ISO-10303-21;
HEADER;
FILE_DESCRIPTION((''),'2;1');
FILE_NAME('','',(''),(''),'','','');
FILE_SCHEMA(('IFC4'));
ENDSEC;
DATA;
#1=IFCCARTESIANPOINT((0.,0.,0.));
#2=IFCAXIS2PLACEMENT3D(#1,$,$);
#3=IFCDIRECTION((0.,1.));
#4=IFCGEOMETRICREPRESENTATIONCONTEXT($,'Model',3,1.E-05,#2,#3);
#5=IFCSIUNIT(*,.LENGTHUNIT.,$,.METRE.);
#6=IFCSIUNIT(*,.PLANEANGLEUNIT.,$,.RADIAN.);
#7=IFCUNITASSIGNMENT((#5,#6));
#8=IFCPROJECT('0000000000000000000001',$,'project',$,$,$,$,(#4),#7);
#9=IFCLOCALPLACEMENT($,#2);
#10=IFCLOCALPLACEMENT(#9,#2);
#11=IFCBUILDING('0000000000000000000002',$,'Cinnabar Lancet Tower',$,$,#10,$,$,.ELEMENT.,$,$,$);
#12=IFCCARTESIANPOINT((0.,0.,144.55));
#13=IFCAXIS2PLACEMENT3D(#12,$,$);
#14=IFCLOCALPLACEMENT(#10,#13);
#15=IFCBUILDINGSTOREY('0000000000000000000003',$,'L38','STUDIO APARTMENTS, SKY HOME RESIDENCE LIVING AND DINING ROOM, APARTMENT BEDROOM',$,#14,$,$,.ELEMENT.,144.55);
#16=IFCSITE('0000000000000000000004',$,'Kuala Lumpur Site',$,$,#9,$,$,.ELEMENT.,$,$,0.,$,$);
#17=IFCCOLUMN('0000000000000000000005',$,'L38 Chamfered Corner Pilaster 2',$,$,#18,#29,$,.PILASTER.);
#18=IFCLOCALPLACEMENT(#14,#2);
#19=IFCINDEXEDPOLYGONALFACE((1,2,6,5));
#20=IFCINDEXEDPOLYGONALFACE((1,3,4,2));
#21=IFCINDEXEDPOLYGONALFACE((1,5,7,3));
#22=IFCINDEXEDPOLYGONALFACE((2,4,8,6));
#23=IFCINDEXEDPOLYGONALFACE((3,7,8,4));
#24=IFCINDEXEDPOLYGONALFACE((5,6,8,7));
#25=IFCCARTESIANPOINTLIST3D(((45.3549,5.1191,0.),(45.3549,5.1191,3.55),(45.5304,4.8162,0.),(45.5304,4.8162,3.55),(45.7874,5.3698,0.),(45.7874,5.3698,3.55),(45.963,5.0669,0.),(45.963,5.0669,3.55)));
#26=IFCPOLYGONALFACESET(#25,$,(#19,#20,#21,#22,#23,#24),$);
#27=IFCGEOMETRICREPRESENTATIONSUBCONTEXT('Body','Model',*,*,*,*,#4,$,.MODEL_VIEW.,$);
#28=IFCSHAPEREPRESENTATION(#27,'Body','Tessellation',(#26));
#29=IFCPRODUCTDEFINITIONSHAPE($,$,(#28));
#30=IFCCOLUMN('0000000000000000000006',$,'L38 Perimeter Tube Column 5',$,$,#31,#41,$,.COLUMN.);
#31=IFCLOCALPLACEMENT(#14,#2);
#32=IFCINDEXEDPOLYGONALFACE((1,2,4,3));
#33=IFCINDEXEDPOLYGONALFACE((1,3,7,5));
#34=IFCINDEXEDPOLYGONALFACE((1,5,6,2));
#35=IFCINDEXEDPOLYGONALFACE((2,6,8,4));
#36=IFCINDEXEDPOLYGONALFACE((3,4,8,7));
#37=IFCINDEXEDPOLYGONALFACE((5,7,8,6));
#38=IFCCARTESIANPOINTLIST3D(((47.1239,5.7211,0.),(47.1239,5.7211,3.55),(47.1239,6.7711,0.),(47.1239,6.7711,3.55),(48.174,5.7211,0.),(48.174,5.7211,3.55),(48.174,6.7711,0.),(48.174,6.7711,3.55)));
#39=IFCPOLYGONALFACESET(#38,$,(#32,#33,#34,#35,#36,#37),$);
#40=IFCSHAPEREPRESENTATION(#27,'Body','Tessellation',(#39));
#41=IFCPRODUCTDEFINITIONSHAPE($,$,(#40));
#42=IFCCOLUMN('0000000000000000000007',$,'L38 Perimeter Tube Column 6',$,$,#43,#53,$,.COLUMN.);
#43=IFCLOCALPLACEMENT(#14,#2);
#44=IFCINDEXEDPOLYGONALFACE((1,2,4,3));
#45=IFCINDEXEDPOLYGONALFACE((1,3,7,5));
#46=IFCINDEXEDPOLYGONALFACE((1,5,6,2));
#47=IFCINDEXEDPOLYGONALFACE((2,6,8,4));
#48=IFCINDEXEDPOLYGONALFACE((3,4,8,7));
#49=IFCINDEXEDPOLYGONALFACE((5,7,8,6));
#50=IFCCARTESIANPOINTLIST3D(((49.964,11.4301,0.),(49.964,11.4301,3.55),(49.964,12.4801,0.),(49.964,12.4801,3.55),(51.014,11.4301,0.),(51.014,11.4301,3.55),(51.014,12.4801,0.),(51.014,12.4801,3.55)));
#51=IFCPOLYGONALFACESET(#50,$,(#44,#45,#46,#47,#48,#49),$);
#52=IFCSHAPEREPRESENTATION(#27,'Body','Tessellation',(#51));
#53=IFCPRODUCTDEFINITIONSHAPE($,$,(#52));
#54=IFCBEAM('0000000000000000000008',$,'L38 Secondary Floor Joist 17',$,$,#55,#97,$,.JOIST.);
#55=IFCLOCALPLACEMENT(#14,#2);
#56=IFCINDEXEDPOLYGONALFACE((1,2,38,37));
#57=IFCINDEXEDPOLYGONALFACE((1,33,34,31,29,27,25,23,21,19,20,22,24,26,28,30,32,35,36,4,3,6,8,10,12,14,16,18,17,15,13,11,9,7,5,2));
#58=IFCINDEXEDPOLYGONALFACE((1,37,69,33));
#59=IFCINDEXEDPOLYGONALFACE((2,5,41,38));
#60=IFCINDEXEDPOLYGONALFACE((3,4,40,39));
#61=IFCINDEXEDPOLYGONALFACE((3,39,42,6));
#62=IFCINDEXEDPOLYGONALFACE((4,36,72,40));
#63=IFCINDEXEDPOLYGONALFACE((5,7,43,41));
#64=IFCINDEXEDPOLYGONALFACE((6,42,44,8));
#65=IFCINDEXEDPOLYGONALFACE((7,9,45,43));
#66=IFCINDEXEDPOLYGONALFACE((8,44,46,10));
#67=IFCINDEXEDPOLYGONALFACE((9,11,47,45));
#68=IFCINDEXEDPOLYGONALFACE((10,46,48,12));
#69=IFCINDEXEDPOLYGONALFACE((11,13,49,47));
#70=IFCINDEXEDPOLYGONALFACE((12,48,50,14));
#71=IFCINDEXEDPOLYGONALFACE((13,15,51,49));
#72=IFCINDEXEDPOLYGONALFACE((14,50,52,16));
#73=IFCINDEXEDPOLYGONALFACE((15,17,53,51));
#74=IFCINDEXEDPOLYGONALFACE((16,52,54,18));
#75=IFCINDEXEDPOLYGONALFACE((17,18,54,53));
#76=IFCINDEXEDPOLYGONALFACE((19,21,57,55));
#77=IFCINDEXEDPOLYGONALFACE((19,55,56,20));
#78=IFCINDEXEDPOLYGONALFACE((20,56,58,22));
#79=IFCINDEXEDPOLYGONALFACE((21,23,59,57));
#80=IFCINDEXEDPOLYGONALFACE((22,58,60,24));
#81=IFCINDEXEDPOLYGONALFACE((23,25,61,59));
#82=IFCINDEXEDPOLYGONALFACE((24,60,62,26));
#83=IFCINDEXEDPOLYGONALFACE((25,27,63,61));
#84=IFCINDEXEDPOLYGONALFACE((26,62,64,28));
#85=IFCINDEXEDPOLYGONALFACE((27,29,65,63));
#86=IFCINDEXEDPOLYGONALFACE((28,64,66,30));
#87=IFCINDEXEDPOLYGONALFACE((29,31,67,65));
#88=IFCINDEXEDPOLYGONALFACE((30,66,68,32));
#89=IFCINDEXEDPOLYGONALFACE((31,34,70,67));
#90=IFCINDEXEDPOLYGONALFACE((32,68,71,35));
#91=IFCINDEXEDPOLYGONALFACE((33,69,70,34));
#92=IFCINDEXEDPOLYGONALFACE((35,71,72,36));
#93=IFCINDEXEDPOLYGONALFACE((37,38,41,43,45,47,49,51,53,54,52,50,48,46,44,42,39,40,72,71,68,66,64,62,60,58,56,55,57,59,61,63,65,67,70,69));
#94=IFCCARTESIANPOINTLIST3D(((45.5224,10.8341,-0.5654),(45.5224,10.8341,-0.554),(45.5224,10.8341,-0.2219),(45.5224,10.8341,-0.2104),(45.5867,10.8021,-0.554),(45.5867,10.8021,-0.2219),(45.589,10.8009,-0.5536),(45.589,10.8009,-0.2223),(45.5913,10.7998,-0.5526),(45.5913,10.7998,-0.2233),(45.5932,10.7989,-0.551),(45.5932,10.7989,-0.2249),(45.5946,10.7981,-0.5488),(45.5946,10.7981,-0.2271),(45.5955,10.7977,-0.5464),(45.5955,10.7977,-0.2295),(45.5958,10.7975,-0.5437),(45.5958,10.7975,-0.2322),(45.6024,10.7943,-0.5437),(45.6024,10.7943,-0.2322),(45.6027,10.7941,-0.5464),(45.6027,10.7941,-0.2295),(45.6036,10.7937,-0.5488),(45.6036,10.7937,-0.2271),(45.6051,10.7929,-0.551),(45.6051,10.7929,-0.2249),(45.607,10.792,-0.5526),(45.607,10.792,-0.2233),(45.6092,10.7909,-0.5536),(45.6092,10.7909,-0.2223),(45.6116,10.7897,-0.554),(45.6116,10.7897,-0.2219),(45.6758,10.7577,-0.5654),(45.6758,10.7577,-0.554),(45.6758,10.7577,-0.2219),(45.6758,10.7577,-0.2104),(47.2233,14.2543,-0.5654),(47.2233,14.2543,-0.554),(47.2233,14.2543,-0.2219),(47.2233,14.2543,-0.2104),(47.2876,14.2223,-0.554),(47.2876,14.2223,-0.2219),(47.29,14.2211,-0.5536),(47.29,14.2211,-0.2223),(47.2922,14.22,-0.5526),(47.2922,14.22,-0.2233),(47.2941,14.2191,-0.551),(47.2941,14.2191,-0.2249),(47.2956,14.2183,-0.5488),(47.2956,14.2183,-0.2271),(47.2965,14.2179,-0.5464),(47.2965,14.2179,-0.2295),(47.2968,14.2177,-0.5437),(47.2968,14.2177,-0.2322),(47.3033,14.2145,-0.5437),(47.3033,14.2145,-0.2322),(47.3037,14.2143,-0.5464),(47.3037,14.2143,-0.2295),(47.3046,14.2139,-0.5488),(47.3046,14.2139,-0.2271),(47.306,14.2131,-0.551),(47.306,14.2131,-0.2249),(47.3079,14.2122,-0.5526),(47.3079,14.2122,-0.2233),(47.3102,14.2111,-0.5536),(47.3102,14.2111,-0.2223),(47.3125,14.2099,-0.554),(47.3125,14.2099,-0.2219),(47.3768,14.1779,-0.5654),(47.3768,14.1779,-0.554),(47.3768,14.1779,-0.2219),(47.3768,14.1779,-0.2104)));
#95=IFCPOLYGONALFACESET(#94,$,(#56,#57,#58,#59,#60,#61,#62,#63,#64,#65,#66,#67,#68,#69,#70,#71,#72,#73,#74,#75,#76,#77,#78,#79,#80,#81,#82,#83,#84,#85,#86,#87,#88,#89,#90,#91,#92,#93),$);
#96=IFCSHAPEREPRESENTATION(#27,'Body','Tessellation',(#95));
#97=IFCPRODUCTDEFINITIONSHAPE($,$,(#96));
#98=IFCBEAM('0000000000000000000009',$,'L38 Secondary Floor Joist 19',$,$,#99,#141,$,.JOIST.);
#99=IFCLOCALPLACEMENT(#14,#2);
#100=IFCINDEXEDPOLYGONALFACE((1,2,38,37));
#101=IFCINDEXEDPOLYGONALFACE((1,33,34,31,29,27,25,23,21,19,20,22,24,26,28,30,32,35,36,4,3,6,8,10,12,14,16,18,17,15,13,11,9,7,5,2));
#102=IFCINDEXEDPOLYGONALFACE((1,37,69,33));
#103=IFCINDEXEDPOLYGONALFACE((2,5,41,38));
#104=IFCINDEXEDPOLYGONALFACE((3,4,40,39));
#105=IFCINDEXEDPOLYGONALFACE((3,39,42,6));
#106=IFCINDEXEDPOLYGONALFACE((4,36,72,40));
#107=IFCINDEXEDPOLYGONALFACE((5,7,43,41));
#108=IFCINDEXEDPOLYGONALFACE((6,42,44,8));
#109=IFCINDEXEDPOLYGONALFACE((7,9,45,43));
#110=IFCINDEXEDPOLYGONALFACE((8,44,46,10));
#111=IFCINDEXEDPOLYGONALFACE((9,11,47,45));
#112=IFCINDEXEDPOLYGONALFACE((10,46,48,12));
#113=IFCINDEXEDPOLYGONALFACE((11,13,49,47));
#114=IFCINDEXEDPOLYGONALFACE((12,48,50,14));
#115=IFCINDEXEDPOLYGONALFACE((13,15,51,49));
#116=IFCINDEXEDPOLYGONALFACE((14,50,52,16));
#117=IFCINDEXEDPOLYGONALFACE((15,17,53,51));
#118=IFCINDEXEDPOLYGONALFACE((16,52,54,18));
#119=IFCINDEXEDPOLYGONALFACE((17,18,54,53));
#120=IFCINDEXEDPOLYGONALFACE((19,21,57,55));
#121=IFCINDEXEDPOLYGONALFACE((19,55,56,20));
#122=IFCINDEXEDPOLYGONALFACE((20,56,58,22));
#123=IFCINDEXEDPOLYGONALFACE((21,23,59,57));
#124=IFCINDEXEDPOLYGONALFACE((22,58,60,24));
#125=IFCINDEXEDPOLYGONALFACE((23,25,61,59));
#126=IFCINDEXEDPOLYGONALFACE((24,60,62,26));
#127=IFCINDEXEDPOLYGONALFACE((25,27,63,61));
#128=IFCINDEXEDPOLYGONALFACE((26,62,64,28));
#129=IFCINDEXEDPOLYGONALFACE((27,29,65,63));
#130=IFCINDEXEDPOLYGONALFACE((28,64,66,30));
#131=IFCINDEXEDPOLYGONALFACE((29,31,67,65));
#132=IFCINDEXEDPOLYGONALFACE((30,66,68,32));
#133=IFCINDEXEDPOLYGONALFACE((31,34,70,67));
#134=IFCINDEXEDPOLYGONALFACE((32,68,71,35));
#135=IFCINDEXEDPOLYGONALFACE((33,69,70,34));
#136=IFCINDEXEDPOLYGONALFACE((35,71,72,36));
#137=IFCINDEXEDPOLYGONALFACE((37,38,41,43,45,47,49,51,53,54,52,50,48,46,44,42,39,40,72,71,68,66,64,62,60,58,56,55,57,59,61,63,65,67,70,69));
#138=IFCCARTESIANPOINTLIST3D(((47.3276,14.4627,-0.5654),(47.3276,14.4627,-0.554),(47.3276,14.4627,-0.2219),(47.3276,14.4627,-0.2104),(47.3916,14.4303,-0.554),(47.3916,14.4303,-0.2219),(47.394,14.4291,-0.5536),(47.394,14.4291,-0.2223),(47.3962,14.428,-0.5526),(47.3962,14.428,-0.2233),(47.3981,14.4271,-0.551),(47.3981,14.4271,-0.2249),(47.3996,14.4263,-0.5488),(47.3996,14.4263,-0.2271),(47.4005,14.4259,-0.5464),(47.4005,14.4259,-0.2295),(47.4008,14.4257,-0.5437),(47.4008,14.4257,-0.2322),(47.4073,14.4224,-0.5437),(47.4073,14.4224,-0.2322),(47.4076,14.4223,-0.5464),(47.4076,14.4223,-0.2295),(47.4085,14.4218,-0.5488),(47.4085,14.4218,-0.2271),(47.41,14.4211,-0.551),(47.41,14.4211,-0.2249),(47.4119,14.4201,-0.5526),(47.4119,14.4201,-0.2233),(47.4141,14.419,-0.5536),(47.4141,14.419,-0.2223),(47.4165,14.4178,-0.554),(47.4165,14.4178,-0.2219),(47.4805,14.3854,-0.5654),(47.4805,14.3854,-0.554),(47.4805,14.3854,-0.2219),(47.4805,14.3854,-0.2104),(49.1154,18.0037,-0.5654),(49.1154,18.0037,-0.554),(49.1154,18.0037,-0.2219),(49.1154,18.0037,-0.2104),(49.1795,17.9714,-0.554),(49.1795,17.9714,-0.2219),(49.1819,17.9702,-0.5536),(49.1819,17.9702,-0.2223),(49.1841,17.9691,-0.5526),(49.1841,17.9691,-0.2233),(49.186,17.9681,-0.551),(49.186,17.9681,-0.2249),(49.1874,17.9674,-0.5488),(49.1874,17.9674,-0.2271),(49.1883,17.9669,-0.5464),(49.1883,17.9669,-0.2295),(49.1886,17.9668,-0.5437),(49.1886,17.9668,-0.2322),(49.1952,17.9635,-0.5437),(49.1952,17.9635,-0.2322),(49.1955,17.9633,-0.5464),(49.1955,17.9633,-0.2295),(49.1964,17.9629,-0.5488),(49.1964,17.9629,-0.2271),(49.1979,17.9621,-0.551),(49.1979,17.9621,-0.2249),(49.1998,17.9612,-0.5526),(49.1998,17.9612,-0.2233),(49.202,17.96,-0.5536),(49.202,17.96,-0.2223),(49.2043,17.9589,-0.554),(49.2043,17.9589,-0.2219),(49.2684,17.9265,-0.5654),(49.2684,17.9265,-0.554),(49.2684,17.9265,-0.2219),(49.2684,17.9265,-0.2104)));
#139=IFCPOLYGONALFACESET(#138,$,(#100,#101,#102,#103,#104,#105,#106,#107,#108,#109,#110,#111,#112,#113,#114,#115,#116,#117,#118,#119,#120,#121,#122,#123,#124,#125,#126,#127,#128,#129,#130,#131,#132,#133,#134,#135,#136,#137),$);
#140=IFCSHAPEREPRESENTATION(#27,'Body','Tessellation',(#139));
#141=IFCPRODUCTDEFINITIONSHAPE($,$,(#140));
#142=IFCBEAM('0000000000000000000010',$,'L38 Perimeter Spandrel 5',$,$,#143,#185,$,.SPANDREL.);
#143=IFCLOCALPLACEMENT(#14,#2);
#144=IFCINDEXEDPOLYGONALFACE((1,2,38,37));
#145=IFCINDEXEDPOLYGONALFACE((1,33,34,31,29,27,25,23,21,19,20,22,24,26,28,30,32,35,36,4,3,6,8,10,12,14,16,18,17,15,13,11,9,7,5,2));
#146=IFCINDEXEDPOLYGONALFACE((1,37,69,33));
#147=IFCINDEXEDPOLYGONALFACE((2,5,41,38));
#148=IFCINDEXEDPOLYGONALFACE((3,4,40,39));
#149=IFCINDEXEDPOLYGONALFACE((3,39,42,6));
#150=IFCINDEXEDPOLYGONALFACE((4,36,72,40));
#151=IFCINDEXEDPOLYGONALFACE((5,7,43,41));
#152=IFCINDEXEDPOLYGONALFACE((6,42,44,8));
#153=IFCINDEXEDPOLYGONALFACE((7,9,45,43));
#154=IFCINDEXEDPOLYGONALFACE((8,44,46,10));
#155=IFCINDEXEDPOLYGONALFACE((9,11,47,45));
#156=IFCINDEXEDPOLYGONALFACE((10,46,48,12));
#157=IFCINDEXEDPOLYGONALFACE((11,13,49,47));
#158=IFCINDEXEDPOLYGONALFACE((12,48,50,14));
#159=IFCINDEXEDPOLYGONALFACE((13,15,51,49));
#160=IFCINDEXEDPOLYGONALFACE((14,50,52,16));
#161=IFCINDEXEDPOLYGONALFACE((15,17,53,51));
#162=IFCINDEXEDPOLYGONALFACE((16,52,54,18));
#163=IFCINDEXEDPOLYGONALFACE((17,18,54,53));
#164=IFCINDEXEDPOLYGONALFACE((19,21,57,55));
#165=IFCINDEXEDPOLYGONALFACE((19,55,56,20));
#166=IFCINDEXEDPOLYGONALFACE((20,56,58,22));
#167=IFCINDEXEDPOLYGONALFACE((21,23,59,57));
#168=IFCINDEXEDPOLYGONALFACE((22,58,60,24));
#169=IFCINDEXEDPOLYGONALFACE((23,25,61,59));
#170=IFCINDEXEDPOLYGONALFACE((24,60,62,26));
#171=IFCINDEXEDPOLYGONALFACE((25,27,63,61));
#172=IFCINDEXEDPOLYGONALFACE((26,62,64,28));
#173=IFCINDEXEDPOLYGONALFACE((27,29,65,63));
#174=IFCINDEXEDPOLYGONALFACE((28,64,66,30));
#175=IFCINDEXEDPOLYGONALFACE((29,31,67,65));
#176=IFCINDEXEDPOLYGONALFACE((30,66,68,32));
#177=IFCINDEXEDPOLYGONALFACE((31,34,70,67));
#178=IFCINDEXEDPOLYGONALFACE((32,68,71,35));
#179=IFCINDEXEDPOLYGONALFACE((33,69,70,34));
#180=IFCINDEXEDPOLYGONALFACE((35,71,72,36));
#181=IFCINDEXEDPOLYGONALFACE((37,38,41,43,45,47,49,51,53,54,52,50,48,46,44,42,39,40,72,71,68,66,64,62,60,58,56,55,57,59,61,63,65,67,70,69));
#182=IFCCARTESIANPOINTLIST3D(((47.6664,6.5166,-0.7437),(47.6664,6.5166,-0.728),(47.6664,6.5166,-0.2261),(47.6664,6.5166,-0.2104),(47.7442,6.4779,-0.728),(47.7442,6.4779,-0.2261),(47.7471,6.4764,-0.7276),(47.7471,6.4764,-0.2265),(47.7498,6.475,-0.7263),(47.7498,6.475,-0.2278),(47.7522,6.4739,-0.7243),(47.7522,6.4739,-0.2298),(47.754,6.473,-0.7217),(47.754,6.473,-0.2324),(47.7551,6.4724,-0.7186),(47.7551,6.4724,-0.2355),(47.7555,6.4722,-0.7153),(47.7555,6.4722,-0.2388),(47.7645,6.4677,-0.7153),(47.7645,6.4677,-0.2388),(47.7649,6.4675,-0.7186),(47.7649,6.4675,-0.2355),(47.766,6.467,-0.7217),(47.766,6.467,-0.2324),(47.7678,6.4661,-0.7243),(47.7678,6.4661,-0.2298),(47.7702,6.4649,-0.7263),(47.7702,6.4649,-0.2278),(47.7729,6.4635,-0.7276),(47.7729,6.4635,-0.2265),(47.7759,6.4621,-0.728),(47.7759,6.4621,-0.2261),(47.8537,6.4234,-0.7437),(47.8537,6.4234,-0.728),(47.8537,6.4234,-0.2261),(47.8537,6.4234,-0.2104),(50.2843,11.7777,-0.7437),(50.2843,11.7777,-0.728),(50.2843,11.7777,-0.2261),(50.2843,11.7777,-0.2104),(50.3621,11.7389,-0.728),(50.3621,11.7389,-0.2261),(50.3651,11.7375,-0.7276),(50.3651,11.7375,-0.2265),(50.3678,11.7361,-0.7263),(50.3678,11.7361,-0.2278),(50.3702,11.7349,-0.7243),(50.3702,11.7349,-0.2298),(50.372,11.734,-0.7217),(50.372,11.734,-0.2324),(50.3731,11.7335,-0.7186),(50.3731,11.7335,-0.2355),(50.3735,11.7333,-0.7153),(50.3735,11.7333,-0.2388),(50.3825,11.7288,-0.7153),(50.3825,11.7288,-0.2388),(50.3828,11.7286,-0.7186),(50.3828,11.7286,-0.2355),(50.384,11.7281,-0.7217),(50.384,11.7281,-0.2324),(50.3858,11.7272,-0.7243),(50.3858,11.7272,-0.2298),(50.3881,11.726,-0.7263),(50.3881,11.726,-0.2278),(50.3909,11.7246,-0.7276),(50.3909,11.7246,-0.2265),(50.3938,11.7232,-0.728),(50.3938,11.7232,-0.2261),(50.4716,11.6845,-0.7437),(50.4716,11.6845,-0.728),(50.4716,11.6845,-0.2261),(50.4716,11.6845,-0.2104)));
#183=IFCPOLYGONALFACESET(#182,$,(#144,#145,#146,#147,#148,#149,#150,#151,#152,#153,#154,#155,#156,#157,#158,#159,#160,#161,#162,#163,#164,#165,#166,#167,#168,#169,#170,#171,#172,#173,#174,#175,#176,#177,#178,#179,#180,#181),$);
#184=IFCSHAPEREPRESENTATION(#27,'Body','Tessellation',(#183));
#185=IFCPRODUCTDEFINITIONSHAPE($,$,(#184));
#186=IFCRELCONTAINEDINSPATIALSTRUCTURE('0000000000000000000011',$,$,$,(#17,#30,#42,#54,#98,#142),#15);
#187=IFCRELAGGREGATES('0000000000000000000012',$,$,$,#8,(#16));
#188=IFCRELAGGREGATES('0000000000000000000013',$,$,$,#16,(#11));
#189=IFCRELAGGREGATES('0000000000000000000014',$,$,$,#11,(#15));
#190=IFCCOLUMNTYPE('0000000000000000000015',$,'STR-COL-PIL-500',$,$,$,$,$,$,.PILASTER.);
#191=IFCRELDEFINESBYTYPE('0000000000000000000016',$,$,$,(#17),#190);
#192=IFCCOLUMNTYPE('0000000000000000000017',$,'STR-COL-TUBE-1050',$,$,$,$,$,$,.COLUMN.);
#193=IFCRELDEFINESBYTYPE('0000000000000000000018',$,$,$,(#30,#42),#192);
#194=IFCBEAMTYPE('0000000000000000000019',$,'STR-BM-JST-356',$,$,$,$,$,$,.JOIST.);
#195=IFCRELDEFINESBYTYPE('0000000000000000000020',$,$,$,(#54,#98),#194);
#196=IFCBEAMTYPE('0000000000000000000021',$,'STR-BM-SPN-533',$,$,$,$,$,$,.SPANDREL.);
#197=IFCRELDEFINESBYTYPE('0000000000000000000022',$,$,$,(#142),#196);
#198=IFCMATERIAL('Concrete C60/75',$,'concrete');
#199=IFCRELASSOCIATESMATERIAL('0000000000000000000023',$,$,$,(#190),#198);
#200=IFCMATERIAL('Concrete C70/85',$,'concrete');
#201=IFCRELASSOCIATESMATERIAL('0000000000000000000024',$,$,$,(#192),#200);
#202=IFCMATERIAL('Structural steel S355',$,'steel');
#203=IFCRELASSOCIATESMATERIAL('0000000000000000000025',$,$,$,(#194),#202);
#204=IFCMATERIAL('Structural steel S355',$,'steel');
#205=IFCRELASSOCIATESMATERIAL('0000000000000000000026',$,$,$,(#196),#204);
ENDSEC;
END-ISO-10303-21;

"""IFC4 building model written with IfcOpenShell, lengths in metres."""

from ifc_helpers import new_model, si_unit, direction, frame, origin, origin_2d, place, context, subcontext, project, spatial, rectangle, i_section, extrude, material, material_profile, profile_set, type_object, element, save


model = new_model("IFC4")

# Units and contexts
model_context = context("Model", 3, precision=1e-05, world=origin(), true_north=direction((0.0, 1.0)))
body_context = subcontext(model_context, "Body", "Model", "MODEL_VIEW")
ifc_project = project(units=[si_unit("LENGTHUNIT", "METRE"), si_unit("PLANEANGLEUNIT", "RADIAN")], contexts=[model_context])

# Site, building, storey
site_placement = place(None, origin())
site = spatial("IfcSite", under=ifc_project, at=site_placement, Name="Kuala Lumpur Site", CompositionType="ELEMENT", RefElevation=0.0)
building_placement = place(site_placement, origin())
building = spatial("IfcBuilding", under=site, at=building_placement, Name="Cinnabar Lancet Tower", CompositionType="ELEMENT")
storey_placement = place(building_placement, frame((0.0, 0.0, 144.55)))
storey = spatial("IfcBuildingStorey", under=building, at=storey_placement, Name="L38", Description="STUDIO APARTMENTS, SKY HOME RESIDENCE LIVING AND DINING ROOM, APARTMENT BEDROOM", CompositionType="ELEMENT", Elevation=144.55)

# Columns
ifc_material_1 = material(Name="Concrete C60/75", Category="concrete")
ifc_material_profile_1 = material_profile(ifc_material_1, rectangle(XDim=0.5, YDim=0.3501, at=origin_2d()), Name="RC-PIL 500x350")
ifc_profile_set_1 = profile_set([ifc_material_profile_1], Name="Concrete C60/75")
column_type_1 = type_object("IfcColumnType", Name="STR-COL-PIL-500", PredefinedType="PILASTER", material=ifc_profile_set_1)
column_placement = place(storey_placement, frame((45.6589, 5.093, 0.0), z_axis=(0.0, 0.0, 1.0), x_axis=(0.86516, 0.501496, 0.0)))
element("IfcColumn", 1, at=column_placement, inside=storey, type_object=column_type_1, Name="L38 Chamfered Corner Pilaster 2", PredefinedType="PILASTER", context=body_context, shape_type="SweptSolid", body=[
    extrude(rectangle(XDim=0.5, YDim=0.3501, at=origin_2d()), origin(), (0.0, 0.0, 1.0), 3.55),
])
ifc_material_2 = material(Name="Concrete C70/85", Category="concrete")
ifc_material_profile_2 = material_profile(ifc_material_2, rectangle(XDim=1.05, YDim=1.05, at=origin_2d()), Name="RC-COL 1050x1050")
ifc_profile_set_2 = profile_set([ifc_material_profile_2], Name="Concrete C70/85")
column_type_2 = type_object("IfcColumnType", Name="STR-COL-TUBE-1050", PredefinedType="COLUMN", material=ifc_profile_set_2)
for number, where, z_axis, x_axis, name in (
    (2, (47.6489, 6.2461, 0.0), (0.0, 0.0, 1.0), (1.0, 0.0, 0.0), "L38 Perimeter Tube Column 5"),
    (3, (50.489, 11.9551, 0.0), (0.0, 0.0, 1.0), (1.0, 0.0, 0.0), "L38 Perimeter Tube Column 6"),
):
    element("IfcColumn", number, at=place(storey_placement, frame(where, z_axis=z_axis, x_axis=x_axis)), inside=storey, type_object=column_type_2, Name=name, PredefinedType="COLUMN", context=body_context, shape_type="SweptSolid", body=[
        extrude(rectangle(XDim=1.05, YDim=1.05, at=origin_2d()), origin(), (0.0, 0.0, 1.0), 3.55),
    ])

# Beams
ifc_material_3 = material(Name="Structural steel S355", Category="steel")
ifc_material_profile_3 = material_profile(ifc_material_3, i_section(OverallWidth=0.1714, OverallDepth=0.355, WebThickness=0.0073, FlangeThickness=0.0115, FilletRadius=0.0103, at=origin_2d()), Name="UKB 356x171x51")
ifc_profile_set_3 = profile_set([ifc_material_profile_3], Name="Structural steel S355")
beam_type_1 = type_object("IfcBeamType", Name="STR-BM-JST-356", PredefinedType="JOIST", material=ifc_profile_set_3)
beam_1_placement = place(storey_placement, frame((45.5991, 10.7959, -0.3879), z_axis=(0.445295, 0.895384, 0.0), x_axis=(-0.895384, 0.445295, 0.0)))
element("IfcBeam", 4, at=beam_1_placement, inside=storey, type_object=beam_type_1, Name="L38 Secondary Floor Joist 17", PredefinedType="JOIST", context=body_context, shape_type="SweptSolid", body=[
    extrude(i_section(OverallWidth=0.1714, OverallDepth=0.355, WebThickness=0.0073, FlangeThickness=0.0115, FilletRadius=0.0103, at=origin_2d()), origin(), (0.0, 0.0, 1.0), 3.8198),
])
beam_2_placement = place(storey_placement, frame((47.4041, 14.4241, -0.3879), z_axis=(0.450706, 0.892672, 0.0), x_axis=(-0.892672, 0.450706, 0.0)))
element("IfcBeam", 5, at=beam_2_placement, inside=storey, type_object=beam_type_1, Name="L38 Secondary Floor Joist 19", PredefinedType="JOIST", context=body_context, shape_type="SweptSolid", body=[
    extrude(i_section(OverallWidth=0.1714, OverallDepth=0.355, WebThickness=0.0073, FlangeThickness=0.0115, FilletRadius=0.0103, at=origin_2d()), origin(), (0.0, 0.0, 1.0), 3.9668),
])
ifc_material_4 = material(Name="Structural steel S355", Category="steel")
ifc_material_profile_4 = material_profile(ifc_material_4, i_section(OverallWidth=0.2092, OverallDepth=0.5332, WebThickness=0.01, FlangeThickness=0.0156, FilletRadius=0.0127, at=origin_2d()), Name="UKB 533x210x92")
ifc_profile_set_4 = profile_set([ifc_material_profile_4], Name="Structural steel S355")
beam_type_2 = type_object("IfcBeamType", Name="STR-BM-SPN-533", PredefinedType="SPANDREL", material=ifc_profile_set_4)
beam_3_placement = place(storey_placement, frame((47.76, 6.47, -0.4771), z_axis=(0.445501, 0.895281, 0.0), x_axis=(-0.895281, 0.445501, 0.0)))
element("IfcBeam", 6, at=beam_3_placement, inside=storey, type_object=beam_type_2, Name="L38 Perimeter Spandrel 5", PredefinedType="SPANDREL", context=body_context, shape_type="SweptSolid", body=[
    extrude(i_section(OverallWidth=0.2092, OverallDepth=0.5332, WebThickness=0.01, FlangeThickness=0.0156, FilletRadius=0.0127, at=origin_2d()), origin(), (0.0, 0.0, 1.0), 5.8765),
])

save(model, "model.ifc")
